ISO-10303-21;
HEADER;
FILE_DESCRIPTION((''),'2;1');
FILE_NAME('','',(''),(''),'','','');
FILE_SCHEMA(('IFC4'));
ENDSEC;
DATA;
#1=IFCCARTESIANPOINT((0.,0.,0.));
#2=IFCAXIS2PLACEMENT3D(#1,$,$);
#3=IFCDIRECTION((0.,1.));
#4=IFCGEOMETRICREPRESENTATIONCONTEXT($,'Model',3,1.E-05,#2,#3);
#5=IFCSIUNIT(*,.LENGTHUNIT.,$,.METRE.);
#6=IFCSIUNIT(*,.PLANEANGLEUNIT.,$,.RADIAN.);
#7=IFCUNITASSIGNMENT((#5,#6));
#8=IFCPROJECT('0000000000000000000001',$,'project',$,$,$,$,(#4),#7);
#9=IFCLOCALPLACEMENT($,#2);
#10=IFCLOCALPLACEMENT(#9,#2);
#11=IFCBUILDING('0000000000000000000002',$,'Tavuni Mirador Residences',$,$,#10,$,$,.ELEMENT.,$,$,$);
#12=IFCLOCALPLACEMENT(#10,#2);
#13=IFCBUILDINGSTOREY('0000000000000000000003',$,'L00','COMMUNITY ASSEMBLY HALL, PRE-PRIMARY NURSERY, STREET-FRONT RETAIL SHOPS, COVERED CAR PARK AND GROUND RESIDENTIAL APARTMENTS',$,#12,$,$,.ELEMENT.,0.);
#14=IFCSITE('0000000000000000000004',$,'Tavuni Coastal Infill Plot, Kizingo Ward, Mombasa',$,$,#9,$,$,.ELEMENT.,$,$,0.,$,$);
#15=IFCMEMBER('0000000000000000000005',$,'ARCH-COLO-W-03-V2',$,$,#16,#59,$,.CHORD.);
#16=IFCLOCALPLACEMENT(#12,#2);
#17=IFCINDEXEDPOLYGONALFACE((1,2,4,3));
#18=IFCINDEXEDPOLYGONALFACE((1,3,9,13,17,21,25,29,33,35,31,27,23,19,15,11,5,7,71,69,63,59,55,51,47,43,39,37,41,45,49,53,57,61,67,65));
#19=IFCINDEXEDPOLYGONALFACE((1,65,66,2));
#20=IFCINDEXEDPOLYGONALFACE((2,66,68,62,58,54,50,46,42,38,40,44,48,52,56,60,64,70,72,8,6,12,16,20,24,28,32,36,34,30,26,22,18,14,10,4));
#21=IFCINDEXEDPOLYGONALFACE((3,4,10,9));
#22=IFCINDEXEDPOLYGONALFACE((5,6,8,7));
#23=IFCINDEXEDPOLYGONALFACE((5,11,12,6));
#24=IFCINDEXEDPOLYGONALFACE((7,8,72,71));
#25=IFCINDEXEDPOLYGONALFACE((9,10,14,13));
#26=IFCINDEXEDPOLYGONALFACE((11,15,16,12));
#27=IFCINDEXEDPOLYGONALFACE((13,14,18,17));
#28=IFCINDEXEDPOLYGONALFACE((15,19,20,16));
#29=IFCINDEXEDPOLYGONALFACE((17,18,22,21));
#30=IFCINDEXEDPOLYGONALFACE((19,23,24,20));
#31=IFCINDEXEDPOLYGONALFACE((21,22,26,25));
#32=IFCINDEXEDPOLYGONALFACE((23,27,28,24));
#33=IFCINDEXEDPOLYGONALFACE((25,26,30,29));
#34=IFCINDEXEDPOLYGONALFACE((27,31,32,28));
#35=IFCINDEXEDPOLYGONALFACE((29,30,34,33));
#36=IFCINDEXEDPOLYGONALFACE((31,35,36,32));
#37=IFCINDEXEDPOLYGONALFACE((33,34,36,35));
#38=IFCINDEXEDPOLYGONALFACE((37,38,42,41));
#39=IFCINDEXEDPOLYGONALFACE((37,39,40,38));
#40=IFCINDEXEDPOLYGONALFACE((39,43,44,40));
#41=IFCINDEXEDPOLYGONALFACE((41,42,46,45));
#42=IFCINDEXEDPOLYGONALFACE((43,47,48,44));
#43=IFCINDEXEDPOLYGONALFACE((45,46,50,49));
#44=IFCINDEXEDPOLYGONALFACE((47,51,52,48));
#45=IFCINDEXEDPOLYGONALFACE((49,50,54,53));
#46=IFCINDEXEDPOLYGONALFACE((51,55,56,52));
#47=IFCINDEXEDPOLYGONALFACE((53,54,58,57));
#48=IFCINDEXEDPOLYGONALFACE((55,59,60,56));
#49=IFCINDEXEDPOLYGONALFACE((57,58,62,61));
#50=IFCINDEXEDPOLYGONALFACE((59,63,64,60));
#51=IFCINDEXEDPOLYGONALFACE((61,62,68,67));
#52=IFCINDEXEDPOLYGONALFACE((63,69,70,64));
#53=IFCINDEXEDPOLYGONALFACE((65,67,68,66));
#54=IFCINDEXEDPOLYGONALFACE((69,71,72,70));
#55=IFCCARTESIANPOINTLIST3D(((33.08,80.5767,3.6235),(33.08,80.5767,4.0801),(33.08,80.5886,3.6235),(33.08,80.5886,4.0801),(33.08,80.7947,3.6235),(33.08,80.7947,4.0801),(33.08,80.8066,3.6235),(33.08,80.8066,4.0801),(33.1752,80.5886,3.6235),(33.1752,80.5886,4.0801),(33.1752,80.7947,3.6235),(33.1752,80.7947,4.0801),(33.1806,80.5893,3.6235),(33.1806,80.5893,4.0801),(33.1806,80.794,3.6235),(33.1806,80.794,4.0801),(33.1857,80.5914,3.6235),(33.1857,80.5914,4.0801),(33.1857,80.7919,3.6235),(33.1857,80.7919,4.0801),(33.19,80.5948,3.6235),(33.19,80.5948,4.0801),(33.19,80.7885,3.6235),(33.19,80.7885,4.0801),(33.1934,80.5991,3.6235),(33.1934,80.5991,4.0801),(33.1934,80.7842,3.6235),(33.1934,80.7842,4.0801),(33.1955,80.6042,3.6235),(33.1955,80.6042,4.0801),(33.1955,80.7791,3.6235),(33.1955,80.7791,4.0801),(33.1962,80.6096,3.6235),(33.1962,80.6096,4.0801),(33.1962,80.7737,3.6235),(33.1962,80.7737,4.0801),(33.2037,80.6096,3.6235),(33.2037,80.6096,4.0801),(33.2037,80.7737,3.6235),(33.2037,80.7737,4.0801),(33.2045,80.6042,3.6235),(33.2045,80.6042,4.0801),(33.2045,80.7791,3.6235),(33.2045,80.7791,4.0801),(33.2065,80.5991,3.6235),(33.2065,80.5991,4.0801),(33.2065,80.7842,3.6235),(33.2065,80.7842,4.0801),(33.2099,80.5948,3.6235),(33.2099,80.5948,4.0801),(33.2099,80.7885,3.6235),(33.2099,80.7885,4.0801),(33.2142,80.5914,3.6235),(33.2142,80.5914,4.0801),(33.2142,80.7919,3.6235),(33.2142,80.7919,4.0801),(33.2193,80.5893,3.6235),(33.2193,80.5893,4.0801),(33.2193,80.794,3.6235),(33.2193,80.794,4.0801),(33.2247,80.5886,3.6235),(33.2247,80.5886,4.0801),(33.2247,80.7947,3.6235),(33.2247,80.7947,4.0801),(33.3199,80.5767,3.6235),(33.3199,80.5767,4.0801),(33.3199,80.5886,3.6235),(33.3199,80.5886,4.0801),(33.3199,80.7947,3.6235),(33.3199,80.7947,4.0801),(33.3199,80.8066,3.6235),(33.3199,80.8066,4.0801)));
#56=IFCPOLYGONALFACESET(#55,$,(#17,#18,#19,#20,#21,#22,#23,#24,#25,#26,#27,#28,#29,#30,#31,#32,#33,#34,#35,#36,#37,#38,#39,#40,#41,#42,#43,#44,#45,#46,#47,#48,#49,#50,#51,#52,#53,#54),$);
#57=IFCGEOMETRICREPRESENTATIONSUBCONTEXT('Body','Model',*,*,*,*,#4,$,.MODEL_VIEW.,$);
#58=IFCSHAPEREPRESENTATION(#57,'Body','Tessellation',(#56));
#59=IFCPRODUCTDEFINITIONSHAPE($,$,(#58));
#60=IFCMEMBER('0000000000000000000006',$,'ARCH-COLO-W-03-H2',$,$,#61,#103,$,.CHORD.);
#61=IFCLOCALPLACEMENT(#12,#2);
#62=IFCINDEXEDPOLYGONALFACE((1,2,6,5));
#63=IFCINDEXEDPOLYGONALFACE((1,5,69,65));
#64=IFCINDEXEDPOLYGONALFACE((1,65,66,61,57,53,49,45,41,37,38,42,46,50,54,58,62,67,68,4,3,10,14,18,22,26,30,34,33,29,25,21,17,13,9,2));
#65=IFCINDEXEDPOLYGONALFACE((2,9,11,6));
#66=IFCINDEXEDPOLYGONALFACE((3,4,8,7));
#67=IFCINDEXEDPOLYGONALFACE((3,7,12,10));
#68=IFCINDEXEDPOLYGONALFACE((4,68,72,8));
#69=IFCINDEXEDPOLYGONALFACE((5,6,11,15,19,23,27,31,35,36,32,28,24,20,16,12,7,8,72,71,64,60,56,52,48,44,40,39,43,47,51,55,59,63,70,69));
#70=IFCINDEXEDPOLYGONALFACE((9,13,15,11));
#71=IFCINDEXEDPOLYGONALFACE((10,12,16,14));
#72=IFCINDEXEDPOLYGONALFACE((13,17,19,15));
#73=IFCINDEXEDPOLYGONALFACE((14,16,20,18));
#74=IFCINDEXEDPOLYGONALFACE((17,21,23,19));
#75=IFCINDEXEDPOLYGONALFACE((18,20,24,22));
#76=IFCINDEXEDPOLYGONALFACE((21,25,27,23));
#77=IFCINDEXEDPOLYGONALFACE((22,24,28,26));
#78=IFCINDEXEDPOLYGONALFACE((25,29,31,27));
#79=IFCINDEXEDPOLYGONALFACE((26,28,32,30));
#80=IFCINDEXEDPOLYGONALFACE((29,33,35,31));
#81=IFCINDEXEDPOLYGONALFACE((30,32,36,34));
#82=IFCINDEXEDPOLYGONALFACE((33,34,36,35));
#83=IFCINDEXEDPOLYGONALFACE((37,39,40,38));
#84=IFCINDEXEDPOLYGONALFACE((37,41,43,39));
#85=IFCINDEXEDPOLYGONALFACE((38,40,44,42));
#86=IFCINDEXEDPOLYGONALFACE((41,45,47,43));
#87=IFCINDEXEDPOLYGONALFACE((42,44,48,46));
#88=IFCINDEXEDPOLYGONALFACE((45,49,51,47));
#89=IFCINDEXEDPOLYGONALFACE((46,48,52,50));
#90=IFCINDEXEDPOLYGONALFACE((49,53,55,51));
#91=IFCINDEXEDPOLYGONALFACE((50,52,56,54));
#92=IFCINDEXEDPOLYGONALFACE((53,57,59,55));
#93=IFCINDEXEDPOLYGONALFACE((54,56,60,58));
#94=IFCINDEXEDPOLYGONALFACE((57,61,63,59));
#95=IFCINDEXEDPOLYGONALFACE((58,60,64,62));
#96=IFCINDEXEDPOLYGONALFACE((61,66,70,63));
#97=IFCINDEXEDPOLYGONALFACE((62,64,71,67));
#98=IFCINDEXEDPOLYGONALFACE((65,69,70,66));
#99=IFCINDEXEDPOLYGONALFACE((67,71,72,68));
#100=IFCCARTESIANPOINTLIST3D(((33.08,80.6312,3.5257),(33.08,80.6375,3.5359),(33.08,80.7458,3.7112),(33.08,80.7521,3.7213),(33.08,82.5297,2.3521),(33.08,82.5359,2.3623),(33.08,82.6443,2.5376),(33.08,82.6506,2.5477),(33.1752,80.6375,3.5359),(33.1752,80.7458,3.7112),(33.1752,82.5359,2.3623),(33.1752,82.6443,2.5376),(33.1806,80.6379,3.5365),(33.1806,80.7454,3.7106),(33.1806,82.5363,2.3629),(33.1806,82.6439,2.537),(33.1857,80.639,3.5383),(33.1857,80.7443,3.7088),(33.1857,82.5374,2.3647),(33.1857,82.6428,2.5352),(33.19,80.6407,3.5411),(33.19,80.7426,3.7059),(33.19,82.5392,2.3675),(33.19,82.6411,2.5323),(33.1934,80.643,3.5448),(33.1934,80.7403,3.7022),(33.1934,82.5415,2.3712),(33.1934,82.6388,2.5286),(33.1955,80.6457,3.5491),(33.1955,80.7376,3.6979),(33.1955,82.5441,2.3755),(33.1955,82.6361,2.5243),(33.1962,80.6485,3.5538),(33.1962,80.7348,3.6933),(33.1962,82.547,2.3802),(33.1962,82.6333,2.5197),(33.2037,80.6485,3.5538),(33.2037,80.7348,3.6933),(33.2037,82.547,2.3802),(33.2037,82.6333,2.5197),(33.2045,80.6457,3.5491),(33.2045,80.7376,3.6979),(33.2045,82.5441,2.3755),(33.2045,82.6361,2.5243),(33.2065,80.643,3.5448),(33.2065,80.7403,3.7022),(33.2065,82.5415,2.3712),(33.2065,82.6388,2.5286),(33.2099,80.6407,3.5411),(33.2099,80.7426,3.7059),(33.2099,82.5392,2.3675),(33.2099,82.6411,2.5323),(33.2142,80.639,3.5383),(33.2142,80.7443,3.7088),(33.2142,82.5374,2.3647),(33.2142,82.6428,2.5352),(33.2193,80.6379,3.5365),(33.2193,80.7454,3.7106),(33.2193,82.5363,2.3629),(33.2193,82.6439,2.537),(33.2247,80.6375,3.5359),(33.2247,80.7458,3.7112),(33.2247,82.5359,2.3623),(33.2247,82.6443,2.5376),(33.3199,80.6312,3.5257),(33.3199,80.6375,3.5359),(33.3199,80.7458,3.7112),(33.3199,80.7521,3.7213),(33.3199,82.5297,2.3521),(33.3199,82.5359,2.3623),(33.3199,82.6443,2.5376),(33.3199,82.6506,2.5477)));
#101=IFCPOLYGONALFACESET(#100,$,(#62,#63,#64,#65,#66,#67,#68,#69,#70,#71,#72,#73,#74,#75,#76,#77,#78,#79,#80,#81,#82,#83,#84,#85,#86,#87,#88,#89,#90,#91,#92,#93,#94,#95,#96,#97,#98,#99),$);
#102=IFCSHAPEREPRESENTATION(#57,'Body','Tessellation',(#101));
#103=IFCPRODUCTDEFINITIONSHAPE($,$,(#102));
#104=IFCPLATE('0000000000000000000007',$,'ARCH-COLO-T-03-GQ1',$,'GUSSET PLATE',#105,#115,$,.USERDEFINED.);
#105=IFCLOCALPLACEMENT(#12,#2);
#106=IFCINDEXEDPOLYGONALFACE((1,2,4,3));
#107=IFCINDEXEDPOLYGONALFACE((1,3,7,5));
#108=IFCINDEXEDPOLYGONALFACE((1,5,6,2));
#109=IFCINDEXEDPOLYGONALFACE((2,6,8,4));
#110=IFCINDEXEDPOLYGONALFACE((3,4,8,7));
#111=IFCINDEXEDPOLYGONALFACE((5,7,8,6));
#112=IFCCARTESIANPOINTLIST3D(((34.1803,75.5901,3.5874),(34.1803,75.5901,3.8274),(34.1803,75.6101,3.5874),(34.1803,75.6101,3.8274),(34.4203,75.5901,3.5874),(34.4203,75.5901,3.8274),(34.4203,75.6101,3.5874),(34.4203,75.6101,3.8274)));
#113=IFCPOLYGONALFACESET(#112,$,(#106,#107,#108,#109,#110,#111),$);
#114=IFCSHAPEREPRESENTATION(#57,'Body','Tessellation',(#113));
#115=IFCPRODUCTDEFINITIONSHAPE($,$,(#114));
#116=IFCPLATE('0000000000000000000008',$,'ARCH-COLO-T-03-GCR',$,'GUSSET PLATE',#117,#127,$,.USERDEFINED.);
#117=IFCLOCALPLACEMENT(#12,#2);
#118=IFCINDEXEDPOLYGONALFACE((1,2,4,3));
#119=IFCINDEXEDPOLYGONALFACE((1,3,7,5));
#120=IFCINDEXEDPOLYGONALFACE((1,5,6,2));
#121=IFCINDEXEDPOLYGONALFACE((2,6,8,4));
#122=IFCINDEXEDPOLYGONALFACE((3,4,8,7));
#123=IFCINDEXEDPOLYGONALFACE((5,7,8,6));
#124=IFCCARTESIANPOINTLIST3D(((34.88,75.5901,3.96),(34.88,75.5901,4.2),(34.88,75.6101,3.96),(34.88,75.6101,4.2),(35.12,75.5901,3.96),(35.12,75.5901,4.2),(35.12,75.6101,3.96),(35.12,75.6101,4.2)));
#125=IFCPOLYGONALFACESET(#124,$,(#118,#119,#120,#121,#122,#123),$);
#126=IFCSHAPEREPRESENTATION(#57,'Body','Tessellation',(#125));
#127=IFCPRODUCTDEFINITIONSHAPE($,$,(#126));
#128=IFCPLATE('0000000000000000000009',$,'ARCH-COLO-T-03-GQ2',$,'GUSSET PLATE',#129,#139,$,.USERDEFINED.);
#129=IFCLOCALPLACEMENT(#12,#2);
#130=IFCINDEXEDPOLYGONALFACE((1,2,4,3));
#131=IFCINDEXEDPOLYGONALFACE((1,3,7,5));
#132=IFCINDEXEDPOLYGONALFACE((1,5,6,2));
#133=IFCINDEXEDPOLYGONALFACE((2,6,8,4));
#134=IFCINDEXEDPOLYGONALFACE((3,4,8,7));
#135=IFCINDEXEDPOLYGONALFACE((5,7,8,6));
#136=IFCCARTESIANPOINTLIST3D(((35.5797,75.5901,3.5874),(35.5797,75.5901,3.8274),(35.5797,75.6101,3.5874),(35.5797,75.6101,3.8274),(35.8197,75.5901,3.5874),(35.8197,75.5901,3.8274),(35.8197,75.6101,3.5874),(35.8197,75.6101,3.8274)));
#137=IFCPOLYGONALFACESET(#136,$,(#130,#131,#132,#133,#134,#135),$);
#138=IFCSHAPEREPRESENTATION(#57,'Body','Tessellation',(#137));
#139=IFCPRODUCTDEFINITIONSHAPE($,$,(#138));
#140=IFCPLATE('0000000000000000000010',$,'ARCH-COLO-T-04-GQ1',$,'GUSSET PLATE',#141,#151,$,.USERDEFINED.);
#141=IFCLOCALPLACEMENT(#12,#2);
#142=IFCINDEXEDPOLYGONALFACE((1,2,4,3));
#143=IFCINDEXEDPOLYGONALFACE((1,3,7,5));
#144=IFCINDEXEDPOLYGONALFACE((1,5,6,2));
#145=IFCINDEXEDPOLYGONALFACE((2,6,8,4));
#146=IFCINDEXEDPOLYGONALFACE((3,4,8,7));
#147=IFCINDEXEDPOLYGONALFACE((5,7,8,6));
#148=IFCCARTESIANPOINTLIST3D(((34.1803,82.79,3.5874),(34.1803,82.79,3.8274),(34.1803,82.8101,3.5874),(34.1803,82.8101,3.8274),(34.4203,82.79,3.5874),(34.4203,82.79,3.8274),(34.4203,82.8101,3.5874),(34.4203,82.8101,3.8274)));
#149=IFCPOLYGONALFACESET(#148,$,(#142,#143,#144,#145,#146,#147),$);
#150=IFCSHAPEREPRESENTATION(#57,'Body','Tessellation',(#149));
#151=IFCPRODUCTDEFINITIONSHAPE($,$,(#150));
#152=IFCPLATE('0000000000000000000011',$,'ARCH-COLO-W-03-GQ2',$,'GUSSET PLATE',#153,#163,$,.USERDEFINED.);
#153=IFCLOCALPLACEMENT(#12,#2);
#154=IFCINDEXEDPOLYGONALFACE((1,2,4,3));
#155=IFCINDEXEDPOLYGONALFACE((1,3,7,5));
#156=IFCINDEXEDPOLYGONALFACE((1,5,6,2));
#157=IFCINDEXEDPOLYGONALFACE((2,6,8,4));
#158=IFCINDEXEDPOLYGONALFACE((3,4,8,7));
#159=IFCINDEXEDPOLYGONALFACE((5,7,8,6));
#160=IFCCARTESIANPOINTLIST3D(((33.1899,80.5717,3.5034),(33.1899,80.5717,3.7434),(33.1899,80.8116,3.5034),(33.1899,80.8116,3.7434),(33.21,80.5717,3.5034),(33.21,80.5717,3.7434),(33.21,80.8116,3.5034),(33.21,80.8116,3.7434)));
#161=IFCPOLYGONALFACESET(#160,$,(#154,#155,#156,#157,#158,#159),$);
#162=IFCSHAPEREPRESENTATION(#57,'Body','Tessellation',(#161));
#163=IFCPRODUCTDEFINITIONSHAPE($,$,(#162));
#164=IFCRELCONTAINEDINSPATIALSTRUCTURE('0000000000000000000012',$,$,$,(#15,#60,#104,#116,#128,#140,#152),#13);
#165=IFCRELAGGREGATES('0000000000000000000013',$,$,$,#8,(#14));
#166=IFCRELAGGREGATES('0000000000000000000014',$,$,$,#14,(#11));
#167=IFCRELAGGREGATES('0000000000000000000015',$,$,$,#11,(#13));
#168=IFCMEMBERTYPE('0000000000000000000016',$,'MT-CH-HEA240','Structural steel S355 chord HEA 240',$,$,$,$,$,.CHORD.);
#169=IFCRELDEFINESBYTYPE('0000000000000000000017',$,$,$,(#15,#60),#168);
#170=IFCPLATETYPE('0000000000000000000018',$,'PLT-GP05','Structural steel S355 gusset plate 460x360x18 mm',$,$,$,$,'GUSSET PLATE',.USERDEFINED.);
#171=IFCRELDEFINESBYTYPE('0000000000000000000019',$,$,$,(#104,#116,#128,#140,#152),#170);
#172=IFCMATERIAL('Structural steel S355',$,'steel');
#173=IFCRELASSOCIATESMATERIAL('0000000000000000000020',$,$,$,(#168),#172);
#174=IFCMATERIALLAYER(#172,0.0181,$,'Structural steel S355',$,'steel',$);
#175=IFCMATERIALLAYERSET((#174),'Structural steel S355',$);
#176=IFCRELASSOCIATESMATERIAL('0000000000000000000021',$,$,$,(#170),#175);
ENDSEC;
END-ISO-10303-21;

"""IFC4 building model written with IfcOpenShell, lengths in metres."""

from ifc_helpers import new_model, si_unit, direction, frame, origin, origin_2d, place, context, subcontext, project, spatial, rectangle, i_section, extrude, material, layer, layer_set, material_profile, profile_set, type_object, element, save


model = new_model("IFC4")

# Units and contexts
model_context = context("Model", 3, precision=1e-05, world=origin(), true_north=direction((0.0, 1.0)))
body_context = subcontext(model_context, "Body", "Model", "MODEL_VIEW")
ifc_project = project(units=[si_unit("LENGTHUNIT", "METRE"), si_unit("PLANEANGLEUNIT", "RADIAN")], contexts=[model_context])

# Site, building, storey
site_placement = place(None, origin())
site = spatial("IfcSite", under=ifc_project, at=site_placement, Name="Tavuni Coastal Infill Plot, Kizingo Ward, Mombasa", CompositionType="ELEMENT", RefElevation=0.0)
building_placement = place(site_placement, origin())
building = spatial("IfcBuilding", under=site, at=building_placement, Name="Tavuni Mirador Residences", CompositionType="ELEMENT")
storey_placement = place(building_placement, origin())
storey = spatial("IfcBuildingStorey", under=building, at=storey_placement, Name="L00", Description="COMMUNITY ASSEMBLY HALL, PRE-PRIMARY NURSERY, STREET-FRONT RETAIL SHOPS, COVERED CAR PARK AND GROUND RESIDENTIAL APARTMENTS", CompositionType="ELEMENT", Elevation=0.0)

# Members
ifc_material_1 = material(Name="Structural steel S355", Category="steel")
ifc_material_profile_1 = material_profile(ifc_material_1, i_section(OverallWidth=0.24, OverallDepth=0.23, WebThickness=0.0076, FlangeThickness=0.012, FilletRadius=0.021, at=origin_2d()), Name="HEA 240", Category="steel")
ifc_profile_set_1 = profile_set([ifc_material_profile_1], Name="Structural steel S355")
member_type_1 = type_object("IfcMemberType", Name="MT-CH-HEA240", Description="Structural steel S355 chord HEA 240", PredefinedType="CHORD", material=ifc_profile_set_1)
member_1_placement = place(storey_placement, frame((33.2, 80.6917, 3.6235), z_axis=(0.0, 0.0, 1.0), x_axis=(1.0, 0.0, 0.0)))
element("IfcMember", 1, at=member_1_placement, inside=storey, type_object=member_type_1, Name="ARCH-COLO-W-03-V2", PredefinedType="CHORD", context=body_context, shape_type="SweptSolid", body=[
    extrude(i_section(OverallWidth=0.24, OverallDepth=0.23, WebThickness=0.0076, FlangeThickness=0.012, FilletRadius=0.021, at=origin_2d()), origin(), (0.0, 0.0, 1.0), 0.4565),
])
member_2_placement = place(storey_placement, frame((33.2, 80.6917, 3.6235), z_axis=(0.0, 0.850594, -0.525824), x_axis=(-1.0, 0.0, 0.0)))
element("IfcMember", 2, at=member_2_placement, inside=storey, type_object=member_type_1, Name="ARCH-COLO-W-03-H2", PredefinedType="CHORD", context=body_context, shape_type="SweptSolid", body=[
    extrude(i_section(OverallWidth=0.24, OverallDepth=0.23, WebThickness=0.0076, FlangeThickness=0.012, FilletRadius=0.021, at=origin_2d()), origin(), (0.0, 0.0, 1.0), 2.2319),
])

# Plates
ifc_layer = layer(ifc_material_1, 0.0181, Name="Structural steel S355", Category="steel")
ifc_layer_set = layer_set([ifc_layer], Name="Structural steel S355")
plate_type = type_object("IfcPlateType", Name="PLT-GP05", Description="Structural steel S355 gusset plate 460x360x18 mm", ElementType="GUSSET PLATE", PredefinedType="USERDEFINED", material=ifc_layer_set)
for number, where, z_axis, x_axis, name in (
    (3, (34.3003, 75.6001, 3.5874), (0.0, 0.0, 1.0), (1.0, 0.0, 0.0), "ARCH-COLO-T-03-GQ1"),
    (4, (35.0, 75.6001, 3.96), (0.0, 0.0, 1.0), (1.0, 0.0, 0.0), "ARCH-COLO-T-03-GCR"),
    (5, (35.6997, 75.6001, 3.5874), (0.0, 0.0, 1.0), (1.0, 0.0, 0.0), "ARCH-COLO-T-03-GQ2"),
    (6, (34.3003, 82.8, 3.5874), (0.0, 0.0, 1.0), (1.0, 0.0, 0.0), "ARCH-COLO-T-04-GQ1"),
):
    element("IfcPlate", number, at=place(storey_placement, frame(where, z_axis=z_axis, x_axis=x_axis)), inside=storey, type_object=plate_type, Name=name, ObjectType="GUSSET PLATE", PredefinedType="USERDEFINED", context=body_context, shape_type="SweptSolid", body=[
        extrude(rectangle(XDim=0.24, YDim=0.02, at=origin_2d()), origin(), (0.0, 0.0, 1.0), 0.24),
    ])
plate_placement = place(storey_placement, frame((33.2, 80.6917, 3.5034), z_axis=(0.0, 0.0, 1.0), x_axis=(1.0, 0.0, 0.0)))
element("IfcPlate", 7, at=plate_placement, inside=storey, type_object=plate_type, Name="ARCH-COLO-W-03-GQ2", ObjectType="GUSSET PLATE", PredefinedType="USERDEFINED", context=body_context, shape_type="SweptSolid", body=[
    extrude(rectangle(XDim=0.02, YDim=0.24, at=origin_2d()), origin(), (0.0, 0.0, 1.0), 0.24),
])

save(model, "model.ifc")
